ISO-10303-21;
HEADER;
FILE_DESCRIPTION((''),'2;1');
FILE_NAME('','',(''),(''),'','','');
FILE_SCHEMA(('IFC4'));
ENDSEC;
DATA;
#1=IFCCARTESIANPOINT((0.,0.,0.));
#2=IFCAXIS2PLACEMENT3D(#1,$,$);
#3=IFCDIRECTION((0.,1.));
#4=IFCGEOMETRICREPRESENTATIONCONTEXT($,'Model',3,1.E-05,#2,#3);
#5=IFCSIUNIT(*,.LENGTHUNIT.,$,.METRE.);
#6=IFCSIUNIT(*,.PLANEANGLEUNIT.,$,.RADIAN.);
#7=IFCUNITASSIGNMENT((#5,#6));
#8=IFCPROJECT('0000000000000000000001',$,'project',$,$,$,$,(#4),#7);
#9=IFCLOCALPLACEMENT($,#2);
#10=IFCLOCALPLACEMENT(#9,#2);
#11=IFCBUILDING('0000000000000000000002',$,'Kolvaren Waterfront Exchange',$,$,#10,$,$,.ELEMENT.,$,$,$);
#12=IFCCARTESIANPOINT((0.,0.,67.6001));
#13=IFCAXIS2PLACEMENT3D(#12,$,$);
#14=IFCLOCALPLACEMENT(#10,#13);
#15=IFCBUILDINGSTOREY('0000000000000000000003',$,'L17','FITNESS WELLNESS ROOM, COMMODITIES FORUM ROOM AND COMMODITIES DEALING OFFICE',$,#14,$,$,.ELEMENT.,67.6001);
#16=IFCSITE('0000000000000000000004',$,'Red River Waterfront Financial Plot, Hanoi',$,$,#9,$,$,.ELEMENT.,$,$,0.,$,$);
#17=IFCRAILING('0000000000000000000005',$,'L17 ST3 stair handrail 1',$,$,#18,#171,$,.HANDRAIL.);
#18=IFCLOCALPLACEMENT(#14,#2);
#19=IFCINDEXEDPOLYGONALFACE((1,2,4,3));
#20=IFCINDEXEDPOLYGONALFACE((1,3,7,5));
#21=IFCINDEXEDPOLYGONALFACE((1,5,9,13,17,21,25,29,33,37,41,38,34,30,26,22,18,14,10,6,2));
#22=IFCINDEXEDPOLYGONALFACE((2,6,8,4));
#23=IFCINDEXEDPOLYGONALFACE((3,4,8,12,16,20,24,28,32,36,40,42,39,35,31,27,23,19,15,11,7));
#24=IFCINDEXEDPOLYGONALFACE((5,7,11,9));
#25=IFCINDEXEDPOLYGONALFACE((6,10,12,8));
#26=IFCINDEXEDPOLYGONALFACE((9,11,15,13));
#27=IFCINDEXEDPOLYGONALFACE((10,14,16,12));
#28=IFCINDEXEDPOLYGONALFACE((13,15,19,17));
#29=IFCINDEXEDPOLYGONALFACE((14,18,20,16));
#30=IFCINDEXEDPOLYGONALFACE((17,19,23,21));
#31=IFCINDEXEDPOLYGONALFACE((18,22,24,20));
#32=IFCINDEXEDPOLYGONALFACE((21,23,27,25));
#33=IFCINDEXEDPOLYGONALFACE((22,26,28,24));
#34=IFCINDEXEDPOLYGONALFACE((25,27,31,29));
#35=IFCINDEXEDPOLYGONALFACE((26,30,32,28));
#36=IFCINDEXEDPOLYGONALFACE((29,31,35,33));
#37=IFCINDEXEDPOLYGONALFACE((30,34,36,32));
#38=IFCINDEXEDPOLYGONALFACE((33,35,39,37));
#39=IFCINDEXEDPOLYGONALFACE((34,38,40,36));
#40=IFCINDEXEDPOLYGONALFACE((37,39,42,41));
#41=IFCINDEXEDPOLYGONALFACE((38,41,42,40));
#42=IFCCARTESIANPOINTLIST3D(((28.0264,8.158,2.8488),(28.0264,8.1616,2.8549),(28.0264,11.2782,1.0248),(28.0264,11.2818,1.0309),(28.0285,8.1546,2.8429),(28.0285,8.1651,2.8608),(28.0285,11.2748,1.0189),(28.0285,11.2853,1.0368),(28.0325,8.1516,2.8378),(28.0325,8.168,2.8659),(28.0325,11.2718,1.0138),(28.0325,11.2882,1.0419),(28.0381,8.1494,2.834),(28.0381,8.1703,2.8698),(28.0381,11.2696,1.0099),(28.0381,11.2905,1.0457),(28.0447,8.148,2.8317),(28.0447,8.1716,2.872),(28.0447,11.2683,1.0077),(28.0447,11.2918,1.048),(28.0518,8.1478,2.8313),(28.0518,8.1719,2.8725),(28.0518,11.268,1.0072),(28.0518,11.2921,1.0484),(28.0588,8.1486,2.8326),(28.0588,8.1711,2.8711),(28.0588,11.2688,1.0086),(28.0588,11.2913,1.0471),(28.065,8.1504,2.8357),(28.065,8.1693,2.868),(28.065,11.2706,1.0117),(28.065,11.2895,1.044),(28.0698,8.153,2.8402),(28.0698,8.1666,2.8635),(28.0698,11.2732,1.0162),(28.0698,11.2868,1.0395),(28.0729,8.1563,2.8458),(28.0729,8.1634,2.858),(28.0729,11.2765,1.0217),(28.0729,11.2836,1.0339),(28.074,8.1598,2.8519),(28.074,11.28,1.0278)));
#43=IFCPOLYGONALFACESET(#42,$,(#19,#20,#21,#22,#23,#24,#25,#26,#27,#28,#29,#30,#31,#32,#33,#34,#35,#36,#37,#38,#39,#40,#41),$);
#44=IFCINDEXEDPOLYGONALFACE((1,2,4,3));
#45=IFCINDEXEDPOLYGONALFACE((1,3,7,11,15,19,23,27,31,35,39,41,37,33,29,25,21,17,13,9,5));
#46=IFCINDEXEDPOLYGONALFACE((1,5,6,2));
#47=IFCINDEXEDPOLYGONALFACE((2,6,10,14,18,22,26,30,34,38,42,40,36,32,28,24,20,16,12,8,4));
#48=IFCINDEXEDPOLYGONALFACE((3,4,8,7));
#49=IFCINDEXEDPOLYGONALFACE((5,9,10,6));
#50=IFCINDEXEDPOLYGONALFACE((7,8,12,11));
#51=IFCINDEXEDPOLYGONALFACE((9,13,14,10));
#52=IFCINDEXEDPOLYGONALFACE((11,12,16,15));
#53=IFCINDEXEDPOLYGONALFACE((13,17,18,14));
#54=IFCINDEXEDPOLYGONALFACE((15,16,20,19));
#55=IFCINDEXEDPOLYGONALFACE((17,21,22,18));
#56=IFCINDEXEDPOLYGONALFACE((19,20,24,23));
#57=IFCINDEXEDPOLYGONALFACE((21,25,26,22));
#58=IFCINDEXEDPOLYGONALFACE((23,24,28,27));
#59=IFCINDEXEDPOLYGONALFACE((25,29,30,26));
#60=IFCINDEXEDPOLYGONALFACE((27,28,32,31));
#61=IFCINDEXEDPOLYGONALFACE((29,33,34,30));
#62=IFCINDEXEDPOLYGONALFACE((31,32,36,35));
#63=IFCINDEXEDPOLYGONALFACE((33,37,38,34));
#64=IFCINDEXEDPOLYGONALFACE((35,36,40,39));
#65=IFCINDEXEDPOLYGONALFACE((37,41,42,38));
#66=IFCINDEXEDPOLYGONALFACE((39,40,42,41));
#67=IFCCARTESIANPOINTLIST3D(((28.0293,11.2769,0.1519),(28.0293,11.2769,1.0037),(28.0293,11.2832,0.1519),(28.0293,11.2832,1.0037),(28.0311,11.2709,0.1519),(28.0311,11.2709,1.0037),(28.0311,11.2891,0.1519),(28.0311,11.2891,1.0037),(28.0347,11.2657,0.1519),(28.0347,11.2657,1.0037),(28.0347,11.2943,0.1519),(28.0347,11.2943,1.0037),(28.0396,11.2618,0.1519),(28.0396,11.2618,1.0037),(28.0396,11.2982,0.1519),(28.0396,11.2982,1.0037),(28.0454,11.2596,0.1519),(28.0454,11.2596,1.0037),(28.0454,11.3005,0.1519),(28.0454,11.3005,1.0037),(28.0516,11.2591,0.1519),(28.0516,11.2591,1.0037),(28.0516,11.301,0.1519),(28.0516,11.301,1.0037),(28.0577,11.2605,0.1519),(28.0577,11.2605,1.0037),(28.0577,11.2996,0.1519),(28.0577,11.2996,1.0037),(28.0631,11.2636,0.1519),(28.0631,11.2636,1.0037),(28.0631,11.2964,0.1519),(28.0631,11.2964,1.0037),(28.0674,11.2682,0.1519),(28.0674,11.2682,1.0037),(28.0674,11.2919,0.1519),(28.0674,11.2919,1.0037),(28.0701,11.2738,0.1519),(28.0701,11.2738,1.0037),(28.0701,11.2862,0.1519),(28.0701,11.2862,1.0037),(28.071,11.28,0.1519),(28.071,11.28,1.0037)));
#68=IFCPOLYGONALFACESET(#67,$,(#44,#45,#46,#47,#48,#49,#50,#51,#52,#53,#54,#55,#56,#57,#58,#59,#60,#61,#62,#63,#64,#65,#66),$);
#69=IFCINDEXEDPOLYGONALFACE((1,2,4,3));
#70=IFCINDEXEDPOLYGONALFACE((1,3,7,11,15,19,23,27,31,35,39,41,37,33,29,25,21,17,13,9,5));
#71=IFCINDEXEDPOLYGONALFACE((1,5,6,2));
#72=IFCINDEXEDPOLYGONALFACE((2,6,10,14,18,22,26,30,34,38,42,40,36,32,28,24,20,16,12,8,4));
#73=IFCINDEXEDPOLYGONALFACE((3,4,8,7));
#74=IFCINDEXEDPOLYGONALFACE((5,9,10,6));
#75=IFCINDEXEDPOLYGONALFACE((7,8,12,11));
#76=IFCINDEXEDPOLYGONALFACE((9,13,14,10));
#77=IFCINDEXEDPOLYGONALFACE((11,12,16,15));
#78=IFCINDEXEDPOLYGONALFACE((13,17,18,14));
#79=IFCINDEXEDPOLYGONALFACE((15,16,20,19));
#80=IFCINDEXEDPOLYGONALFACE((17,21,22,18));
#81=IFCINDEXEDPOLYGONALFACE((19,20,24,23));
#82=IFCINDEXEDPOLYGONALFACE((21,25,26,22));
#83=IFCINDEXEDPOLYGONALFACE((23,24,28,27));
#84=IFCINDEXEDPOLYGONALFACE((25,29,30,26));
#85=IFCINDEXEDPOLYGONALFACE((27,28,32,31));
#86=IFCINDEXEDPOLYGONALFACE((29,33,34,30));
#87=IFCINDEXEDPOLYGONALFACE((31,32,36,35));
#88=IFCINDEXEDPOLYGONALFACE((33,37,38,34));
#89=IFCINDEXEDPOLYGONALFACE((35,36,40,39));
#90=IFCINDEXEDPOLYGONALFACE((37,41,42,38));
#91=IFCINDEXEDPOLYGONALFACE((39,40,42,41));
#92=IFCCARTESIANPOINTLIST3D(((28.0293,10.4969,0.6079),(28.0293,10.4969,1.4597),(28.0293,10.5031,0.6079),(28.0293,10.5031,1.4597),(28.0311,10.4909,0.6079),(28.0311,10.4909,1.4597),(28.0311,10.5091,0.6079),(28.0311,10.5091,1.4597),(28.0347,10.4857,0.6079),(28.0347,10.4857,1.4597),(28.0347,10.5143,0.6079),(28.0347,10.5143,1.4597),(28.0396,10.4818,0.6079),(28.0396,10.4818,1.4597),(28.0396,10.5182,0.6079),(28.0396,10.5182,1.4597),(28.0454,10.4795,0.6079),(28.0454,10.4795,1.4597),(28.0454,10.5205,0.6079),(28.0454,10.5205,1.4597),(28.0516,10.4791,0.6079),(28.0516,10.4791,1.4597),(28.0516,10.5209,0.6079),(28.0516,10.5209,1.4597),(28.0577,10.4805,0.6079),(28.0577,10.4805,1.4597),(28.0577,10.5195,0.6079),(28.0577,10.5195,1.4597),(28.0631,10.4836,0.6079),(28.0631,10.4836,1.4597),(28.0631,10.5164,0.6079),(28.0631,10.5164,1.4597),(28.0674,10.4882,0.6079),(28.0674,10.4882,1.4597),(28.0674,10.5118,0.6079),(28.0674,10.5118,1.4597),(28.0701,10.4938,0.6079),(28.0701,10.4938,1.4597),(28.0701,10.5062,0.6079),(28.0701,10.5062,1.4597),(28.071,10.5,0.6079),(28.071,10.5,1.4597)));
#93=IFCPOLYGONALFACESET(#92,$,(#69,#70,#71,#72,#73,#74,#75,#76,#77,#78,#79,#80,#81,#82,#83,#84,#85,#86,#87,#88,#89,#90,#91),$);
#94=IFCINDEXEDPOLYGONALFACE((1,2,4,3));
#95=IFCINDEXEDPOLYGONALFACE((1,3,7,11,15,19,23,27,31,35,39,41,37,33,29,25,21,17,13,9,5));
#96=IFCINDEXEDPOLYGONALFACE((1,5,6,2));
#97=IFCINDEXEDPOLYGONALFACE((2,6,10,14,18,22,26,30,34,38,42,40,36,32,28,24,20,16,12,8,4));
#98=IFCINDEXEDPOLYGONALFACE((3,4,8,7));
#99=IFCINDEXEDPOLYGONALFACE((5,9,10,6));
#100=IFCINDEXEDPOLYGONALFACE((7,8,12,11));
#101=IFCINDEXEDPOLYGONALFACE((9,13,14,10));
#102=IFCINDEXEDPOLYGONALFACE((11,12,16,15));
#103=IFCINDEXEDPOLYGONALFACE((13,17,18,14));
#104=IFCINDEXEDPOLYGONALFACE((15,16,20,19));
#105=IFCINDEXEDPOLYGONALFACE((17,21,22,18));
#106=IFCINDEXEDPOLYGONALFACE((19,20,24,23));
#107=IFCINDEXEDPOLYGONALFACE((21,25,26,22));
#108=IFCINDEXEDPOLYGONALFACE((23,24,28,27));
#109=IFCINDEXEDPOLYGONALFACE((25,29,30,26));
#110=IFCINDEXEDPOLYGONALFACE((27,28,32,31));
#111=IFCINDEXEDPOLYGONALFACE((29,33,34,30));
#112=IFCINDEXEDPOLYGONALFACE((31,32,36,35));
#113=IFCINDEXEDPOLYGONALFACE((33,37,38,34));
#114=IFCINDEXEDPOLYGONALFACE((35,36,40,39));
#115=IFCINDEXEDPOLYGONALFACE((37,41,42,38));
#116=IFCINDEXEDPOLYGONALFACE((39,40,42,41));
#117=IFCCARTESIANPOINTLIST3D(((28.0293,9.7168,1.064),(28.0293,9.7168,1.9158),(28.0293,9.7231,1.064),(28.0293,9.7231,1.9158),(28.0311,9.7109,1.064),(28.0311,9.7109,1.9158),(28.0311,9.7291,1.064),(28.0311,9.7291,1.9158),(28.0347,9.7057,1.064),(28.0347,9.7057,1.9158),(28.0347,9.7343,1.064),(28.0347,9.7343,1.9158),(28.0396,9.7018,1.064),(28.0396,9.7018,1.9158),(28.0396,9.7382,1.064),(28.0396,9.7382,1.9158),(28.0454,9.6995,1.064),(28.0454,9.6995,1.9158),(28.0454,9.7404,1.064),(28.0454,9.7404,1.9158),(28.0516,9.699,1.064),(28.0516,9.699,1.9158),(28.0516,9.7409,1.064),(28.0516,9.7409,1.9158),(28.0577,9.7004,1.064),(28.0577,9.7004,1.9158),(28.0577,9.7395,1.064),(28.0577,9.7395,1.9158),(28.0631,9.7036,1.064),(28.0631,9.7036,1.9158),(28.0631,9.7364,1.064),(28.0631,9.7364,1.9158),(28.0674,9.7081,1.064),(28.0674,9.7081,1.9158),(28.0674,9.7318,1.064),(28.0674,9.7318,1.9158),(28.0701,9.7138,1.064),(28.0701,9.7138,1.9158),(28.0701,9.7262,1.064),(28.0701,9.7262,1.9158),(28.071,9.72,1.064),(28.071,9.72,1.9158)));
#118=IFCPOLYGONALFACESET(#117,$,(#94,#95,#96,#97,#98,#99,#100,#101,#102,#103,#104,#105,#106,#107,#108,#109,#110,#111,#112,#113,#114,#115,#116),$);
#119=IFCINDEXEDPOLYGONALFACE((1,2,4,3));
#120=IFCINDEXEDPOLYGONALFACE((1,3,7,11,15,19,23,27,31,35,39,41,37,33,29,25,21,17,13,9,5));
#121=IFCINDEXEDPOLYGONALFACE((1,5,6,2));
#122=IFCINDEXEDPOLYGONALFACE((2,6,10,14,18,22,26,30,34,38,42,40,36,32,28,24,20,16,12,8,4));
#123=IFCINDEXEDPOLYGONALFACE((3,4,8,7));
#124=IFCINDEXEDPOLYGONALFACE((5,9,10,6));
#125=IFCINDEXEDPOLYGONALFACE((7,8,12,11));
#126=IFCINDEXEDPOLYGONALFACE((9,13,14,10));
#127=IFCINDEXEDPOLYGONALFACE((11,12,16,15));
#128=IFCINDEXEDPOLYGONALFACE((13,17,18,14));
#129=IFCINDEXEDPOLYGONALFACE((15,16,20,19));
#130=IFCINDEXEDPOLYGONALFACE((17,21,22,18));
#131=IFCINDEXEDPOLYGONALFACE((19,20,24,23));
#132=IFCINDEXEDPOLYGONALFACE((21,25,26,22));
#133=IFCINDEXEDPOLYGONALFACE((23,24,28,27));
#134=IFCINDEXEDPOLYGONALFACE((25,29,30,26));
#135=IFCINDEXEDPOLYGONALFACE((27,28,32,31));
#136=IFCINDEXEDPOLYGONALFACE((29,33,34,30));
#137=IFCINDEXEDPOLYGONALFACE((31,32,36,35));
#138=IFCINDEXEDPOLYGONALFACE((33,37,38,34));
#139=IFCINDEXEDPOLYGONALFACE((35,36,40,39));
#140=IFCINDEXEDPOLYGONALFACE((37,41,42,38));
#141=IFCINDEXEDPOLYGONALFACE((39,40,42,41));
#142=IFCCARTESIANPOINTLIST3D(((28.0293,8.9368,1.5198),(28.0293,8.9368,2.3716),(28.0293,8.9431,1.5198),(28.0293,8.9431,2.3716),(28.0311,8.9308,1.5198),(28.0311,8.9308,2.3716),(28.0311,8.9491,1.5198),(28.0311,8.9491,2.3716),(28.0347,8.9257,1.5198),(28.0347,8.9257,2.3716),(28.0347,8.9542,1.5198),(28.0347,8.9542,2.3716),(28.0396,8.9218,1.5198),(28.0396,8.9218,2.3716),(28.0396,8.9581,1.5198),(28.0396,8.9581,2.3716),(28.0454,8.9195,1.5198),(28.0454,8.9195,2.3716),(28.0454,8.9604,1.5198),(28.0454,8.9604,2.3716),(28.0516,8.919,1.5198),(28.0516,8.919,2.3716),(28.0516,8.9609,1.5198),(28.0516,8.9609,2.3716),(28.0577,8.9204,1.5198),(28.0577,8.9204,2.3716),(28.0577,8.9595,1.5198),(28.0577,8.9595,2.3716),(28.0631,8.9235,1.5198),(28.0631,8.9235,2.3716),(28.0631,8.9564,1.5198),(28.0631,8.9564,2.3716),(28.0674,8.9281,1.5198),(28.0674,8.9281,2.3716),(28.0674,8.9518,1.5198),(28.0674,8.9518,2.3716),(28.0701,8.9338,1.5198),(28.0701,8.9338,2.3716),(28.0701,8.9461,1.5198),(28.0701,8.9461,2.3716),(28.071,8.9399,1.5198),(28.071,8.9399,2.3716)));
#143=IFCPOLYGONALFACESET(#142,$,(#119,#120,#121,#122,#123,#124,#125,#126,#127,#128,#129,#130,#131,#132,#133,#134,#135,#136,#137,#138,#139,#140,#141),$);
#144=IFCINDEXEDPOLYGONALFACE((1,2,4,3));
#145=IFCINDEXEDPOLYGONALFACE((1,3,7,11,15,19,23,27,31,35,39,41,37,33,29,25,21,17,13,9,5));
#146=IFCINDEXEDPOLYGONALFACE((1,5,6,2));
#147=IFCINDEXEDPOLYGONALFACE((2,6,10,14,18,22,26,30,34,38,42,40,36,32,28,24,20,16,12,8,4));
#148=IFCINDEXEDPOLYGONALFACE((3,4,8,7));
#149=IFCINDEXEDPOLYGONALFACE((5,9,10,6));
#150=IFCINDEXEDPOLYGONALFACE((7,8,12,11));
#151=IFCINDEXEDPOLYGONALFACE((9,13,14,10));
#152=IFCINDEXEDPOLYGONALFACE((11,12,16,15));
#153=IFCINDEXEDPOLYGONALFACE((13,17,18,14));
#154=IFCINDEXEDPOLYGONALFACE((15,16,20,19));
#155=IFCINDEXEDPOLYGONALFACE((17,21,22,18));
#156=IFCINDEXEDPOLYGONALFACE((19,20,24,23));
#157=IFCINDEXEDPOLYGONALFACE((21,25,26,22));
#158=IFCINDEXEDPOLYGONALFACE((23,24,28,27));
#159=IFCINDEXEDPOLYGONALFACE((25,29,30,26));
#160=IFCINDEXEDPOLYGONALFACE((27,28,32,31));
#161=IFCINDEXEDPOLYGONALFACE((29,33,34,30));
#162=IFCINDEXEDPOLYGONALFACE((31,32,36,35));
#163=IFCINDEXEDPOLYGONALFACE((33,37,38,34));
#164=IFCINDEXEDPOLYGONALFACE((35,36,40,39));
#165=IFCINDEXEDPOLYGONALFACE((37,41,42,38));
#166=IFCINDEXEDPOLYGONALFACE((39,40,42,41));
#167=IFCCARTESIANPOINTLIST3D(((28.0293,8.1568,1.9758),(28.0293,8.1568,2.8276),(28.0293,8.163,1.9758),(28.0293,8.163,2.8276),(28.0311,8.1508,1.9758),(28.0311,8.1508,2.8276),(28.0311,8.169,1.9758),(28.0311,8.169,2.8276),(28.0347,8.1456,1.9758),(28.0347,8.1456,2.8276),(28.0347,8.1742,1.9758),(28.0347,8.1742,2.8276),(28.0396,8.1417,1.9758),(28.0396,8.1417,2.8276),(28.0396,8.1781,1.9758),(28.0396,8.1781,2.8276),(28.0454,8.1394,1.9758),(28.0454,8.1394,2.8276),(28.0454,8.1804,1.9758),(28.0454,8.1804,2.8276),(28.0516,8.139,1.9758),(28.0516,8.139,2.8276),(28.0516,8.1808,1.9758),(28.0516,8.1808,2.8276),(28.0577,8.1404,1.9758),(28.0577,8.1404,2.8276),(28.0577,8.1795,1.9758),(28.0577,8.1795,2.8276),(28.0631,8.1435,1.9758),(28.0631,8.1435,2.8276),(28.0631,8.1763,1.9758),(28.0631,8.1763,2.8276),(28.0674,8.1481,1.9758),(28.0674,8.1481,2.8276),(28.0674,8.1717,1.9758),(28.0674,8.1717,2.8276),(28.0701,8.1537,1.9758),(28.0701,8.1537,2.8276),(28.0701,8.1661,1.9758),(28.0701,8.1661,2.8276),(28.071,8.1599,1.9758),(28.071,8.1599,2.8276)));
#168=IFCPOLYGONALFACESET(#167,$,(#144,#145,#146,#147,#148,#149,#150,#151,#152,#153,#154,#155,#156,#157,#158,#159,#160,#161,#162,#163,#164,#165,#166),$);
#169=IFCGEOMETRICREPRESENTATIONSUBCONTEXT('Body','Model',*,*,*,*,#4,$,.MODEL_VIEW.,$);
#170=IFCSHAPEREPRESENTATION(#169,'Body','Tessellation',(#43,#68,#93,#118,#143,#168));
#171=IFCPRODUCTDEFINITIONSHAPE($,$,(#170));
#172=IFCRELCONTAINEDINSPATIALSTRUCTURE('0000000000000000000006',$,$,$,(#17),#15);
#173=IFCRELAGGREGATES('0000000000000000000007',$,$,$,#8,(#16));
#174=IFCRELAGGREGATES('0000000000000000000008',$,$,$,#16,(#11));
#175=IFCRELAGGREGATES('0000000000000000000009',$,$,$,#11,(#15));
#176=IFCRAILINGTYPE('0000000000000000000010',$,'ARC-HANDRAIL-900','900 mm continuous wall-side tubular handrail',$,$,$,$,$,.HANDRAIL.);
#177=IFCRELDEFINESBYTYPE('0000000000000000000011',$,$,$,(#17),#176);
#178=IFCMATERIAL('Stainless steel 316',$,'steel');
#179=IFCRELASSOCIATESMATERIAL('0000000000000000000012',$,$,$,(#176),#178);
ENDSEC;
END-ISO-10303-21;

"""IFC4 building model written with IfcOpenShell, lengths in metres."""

from ifc_helpers import new_model, si_unit, direction, frame, origin, origin_2d, place, context, subcontext, project, spatial, circle, extrude, material, type_object, element, save


model = new_model("IFC4")

# Units and contexts
model_context = context("Model", 3, precision=1e-05, world=origin(), true_north=direction((0.0, 1.0)))
body_context = subcontext(model_context, "Body", "Model", "MODEL_VIEW")
ifc_project = project(units=[si_unit("LENGTHUNIT", "METRE"), si_unit("PLANEANGLEUNIT", "RADIAN")], contexts=[model_context])

# Site, building, storey
site_placement = place(None, origin())
site = spatial("IfcSite", under=ifc_project, at=site_placement, Name="Red River Waterfront Financial Plot, Hanoi", CompositionType="ELEMENT", RefElevation=0.0)
building_placement = place(site_placement, origin())
building = spatial("IfcBuilding", under=site, at=building_placement, Name="Kolvaren Waterfront Exchange", CompositionType="ELEMENT")
storey_placement = place(building_placement, frame((0.0, 0.0, 67.6001)))
storey = spatial("IfcBuildingStorey", under=building, at=storey_placement, Name="L17", Description="FITNESS WELLNESS ROOM, COMMODITIES FORUM ROOM AND COMMODITIES DEALING OFFICE", CompositionType="ELEMENT", Elevation=67.6001)

# Railing
ifc_material_1 = material(Name="Stainless steel 316", Category="steel")
railing_type_1 = type_object("IfcRailingType", Name="ARC-HANDRAIL-900", Description="900 mm continuous wall-side tubular handrail", PredefinedType="HANDRAIL", material=ifc_material_1)
railing_1_placement = place(storey_placement, frame((28.05, 11.28, 0.1519)))
element("IfcRailing", 1, at=railing_1_placement, inside=storey, type_object=railing_type_1, Name="L17 ST3 stair handrail 1", PredefinedType="HANDRAIL", context=body_context, shape_type="SweptSolid", body=[
    extrude(circle(Radius=0.0239, at=origin_2d()), frame((0.0, 0.0, 0.876), z_axis=(0.0, -0.863308, 0.504677), x_axis=(1.0, 0.0, 0.0)), (0.0, 0.0, 1.0), 3.6143),
    extrude(circle(Radius=0.021, at=origin_2d()), origin(), (0.0, 0.0, 1.0), 0.8518),
    extrude(circle(Radius=0.021, at=origin_2d()), frame((0.0, -0.78, 0.4561)), (0.0, 0.0, 1.0), 0.8518),
    extrude(circle(Radius=0.021, at=origin_2d()), frame((0.0, -1.5601, 0.9121)), (0.0, 0.0, 1.0), 0.8518),
    extrude(circle(Radius=0.021, at=origin_2d()), frame((0.0, -2.3401, 1.3679)), (0.0, 0.0, 1.0), 0.8518),
    extrude(circle(Radius=0.021, at=origin_2d()), frame((0.0, -3.1201, 1.824)), (0.0, 0.0, 1.0), 0.8518),
])

save(model, "model.ifc")
